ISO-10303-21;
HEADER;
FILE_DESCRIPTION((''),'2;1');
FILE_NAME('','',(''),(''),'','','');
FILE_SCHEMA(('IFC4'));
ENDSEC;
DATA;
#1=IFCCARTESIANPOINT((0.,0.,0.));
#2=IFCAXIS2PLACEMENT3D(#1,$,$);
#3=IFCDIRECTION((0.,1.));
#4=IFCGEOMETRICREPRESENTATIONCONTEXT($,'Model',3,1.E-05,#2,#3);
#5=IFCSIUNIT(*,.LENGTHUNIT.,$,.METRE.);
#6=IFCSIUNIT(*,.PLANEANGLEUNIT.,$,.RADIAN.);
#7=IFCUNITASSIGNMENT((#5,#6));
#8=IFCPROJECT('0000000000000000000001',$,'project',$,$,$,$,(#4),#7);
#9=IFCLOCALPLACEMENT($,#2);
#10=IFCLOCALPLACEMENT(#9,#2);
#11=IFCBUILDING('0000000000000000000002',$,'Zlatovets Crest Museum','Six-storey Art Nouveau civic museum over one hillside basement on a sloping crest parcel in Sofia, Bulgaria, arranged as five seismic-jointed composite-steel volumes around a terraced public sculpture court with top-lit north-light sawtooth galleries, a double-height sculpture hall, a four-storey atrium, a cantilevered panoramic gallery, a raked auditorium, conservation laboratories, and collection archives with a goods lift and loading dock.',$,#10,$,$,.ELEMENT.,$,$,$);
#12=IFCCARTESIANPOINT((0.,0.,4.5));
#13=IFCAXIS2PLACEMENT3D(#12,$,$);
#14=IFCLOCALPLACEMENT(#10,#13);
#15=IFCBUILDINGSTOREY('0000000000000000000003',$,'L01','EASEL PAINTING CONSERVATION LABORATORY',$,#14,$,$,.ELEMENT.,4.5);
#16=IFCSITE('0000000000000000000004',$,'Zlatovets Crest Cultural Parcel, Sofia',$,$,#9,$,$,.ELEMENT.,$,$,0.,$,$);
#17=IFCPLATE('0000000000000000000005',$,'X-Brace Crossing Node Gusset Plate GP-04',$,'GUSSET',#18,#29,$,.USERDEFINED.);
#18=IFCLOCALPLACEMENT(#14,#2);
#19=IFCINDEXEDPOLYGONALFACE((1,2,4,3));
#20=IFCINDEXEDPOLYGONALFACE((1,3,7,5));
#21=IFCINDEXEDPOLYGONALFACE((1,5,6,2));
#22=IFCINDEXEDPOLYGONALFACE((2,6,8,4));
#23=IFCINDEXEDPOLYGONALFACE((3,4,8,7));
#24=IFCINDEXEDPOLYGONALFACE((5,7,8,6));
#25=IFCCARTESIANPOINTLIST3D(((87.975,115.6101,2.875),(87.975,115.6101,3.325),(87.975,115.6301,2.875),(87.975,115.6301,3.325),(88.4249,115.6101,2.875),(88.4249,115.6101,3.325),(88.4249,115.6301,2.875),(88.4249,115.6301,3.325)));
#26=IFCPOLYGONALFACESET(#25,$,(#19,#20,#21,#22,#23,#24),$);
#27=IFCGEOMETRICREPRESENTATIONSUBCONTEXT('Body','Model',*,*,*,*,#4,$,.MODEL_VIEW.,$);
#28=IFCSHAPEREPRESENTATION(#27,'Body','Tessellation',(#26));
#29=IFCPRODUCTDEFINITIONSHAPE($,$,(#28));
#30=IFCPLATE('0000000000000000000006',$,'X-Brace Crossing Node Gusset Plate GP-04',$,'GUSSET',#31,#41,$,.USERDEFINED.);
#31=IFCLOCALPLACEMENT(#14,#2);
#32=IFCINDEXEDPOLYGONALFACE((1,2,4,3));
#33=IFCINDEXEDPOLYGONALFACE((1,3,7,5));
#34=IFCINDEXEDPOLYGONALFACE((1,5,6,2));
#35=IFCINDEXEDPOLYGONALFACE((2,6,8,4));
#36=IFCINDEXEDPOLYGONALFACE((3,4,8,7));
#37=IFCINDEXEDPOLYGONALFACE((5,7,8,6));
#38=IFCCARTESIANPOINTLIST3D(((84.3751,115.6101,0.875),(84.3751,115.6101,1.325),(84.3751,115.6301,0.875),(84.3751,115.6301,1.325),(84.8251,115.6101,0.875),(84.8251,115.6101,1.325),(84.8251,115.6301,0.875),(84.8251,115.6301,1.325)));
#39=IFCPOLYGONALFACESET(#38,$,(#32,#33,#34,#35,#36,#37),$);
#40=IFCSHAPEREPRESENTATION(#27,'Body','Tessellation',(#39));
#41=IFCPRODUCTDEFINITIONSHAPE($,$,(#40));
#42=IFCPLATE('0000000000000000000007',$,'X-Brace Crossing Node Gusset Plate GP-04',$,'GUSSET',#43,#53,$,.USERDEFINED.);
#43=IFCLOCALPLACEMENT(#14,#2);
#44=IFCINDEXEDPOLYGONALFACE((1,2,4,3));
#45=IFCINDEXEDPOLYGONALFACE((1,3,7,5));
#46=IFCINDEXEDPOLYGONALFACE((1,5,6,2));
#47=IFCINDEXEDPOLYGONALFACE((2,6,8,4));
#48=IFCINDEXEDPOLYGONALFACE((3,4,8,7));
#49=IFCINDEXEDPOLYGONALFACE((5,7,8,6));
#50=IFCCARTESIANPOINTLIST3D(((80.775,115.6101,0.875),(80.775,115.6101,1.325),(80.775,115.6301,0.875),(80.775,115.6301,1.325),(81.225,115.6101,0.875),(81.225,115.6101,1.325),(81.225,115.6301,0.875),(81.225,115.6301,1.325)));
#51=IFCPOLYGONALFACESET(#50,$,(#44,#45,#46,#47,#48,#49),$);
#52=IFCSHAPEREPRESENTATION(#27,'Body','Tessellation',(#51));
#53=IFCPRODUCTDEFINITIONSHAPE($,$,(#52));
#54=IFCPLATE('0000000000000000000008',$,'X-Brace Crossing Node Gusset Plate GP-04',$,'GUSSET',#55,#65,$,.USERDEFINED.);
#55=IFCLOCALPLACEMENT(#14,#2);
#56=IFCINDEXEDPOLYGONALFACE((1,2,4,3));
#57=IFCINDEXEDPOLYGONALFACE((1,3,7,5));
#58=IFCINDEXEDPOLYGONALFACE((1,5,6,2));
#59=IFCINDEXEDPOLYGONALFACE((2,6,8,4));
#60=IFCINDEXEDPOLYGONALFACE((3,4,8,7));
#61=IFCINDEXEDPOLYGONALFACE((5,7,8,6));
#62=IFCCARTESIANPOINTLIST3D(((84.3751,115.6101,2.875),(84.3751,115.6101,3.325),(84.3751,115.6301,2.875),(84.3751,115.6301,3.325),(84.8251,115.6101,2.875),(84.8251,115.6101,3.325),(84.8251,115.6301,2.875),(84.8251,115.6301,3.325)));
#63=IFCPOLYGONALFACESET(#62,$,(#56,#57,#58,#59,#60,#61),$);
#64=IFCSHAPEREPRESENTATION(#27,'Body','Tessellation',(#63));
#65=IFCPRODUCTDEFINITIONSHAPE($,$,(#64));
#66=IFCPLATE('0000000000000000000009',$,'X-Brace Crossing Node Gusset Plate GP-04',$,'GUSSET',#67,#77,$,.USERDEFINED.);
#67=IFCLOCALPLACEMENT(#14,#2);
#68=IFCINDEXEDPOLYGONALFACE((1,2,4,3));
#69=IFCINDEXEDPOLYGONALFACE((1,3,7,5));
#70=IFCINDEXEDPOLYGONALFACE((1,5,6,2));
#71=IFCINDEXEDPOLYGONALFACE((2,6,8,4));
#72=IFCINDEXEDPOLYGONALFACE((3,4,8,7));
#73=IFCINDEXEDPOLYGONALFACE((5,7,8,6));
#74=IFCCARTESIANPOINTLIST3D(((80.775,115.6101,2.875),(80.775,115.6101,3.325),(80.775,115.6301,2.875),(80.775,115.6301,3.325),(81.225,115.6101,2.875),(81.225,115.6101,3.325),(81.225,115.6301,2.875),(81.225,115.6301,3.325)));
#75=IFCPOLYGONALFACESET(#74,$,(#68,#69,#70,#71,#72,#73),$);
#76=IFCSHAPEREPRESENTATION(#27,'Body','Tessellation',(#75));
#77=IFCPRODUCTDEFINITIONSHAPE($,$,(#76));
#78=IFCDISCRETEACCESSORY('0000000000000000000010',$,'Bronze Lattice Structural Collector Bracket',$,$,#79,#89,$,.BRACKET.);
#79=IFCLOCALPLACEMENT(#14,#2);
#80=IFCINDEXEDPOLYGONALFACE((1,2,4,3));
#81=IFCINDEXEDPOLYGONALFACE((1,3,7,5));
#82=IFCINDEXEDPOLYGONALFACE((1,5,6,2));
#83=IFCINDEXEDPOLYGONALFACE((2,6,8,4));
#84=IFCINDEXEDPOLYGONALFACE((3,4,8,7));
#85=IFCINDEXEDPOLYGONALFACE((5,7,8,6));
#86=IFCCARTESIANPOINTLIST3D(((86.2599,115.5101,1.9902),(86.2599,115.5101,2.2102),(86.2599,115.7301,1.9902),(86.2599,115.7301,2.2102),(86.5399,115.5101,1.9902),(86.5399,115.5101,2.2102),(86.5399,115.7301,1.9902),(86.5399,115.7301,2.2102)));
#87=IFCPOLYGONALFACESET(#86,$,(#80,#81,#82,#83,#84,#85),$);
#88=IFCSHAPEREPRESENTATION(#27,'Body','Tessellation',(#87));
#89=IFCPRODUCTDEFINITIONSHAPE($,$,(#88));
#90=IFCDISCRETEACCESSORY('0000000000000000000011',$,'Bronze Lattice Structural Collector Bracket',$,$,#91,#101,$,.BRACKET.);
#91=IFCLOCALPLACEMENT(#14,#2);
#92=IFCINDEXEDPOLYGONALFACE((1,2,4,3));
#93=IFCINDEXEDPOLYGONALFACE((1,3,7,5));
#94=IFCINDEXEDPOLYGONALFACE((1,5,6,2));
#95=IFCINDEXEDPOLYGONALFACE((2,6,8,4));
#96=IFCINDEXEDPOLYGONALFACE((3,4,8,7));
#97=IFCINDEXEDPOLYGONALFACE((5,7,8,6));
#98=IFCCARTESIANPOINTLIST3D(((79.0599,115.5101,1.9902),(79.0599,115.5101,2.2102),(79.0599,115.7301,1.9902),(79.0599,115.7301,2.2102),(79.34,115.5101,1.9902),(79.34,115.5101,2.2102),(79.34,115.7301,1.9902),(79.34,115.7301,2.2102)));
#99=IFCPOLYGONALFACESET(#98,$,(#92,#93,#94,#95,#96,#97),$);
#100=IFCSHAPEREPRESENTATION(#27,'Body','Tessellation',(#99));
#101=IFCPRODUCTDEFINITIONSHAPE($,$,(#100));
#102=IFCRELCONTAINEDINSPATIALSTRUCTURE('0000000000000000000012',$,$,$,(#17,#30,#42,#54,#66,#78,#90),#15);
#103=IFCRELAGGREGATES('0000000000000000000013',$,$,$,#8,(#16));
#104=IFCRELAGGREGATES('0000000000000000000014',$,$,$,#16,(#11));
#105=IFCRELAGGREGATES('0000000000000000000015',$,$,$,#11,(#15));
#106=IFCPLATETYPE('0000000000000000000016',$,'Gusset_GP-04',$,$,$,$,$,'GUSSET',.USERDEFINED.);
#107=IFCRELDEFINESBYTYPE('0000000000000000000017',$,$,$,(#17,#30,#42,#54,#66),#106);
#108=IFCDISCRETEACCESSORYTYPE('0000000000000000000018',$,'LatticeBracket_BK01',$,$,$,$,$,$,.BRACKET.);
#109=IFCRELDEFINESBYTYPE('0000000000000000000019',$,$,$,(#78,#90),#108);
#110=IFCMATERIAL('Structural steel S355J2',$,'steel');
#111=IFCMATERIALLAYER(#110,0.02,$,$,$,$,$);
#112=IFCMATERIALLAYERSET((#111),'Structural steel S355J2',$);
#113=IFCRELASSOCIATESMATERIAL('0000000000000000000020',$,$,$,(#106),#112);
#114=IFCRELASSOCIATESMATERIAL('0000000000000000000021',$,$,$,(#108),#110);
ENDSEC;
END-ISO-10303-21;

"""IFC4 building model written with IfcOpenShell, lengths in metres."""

from ifc_helpers import new_model, si_unit, direction, frame, origin, origin_2d, place, context, subcontext, project, spatial, rectangle, extrude, material, layer, layer_set, type_object, element, save


model = new_model("IFC4")

# Units and contexts
model_context = context("Model", 3, precision=1e-05, world=origin(), true_north=direction((0.0, 1.0)))
body_context = subcontext(model_context, "Body", "Model", "MODEL_VIEW")
ifc_project = project(units=[si_unit("LENGTHUNIT", "METRE"), si_unit("PLANEANGLEUNIT", "RADIAN")], contexts=[model_context])

# Site, building, storey
site_placement = place(None, origin())
site = spatial("IfcSite", under=ifc_project, at=site_placement, Name="Zlatovets Crest Cultural Parcel, Sofia", CompositionType="ELEMENT", RefElevation=0.0)
building_placement = place(site_placement, origin())
building = spatial("IfcBuilding", under=site, at=building_placement, Name="Zlatovets Crest Museum", Description="Six-storey Art Nouveau civic museum over one hillside basement on a sloping crest parcel in Sofia, Bulgaria, arranged as five seismic-jointed composite-steel volumes around a terraced public sculpture court with top-lit north-light sawtooth galleries, a double-height sculpture hall, a four-storey atrium, a cantilevered panoramic gallery, a raked auditorium, conservation laboratories, and collection archives with a goods lift and loading dock.", CompositionType="ELEMENT")
storey_placement = place(building_placement, frame((0.0, 0.0, 4.5)))
storey = spatial("IfcBuildingStorey", under=building, at=storey_placement, Name="L01", Description="EASEL PAINTING CONSERVATION LABORATORY", CompositionType="ELEMENT", Elevation=4.5)

# Plates
ifc_material_1 = material(Name="Structural steel S355J2", Category="steel")
ifc_layer_1 = layer(ifc_material_1, 0.02)
ifc_layer_set_1 = layer_set([ifc_layer_1], Name="Structural steel S355J2")
plate_type_1 = type_object("IfcPlateType", Name="Gusset_GP-04", ElementType="GUSSET", PredefinedType="USERDEFINED", material=ifc_layer_set_1)
for number, where, z_axis, x_axis, name in (
    (1, (88.2, 115.6201, 2.875), (0.0, 0.0, 1.0), (1.0, 0.0, 0.0), "X-Brace Crossing Node Gusset Plate GP-04"),
    (2, (84.6001, 115.6201, 0.875), (0.0, 0.0, 1.0), (1.0, 0.0, 0.0), "X-Brace Crossing Node Gusset Plate GP-04"),
    (3, (81.0, 115.6201, 0.875), (0.0, 0.0, 1.0), (1.0, 0.0, 0.0), "X-Brace Crossing Node Gusset Plate GP-04"),
    (4, (84.6001, 115.6201, 2.875), (0.0, 0.0, 1.0), (1.0, 0.0, 0.0), "X-Brace Crossing Node Gusset Plate GP-04"),
    (5, (81.0, 115.6201, 2.875), (0.0, 0.0, 1.0), (1.0, 0.0, 0.0), "X-Brace Crossing Node Gusset Plate GP-04"),
):
    element("IfcPlate", number, at=place(storey_placement, frame(where, z_axis=z_axis, x_axis=x_axis)), inside=storey, type_object=plate_type_1, Name=name, ObjectType="GUSSET", PredefinedType="USERDEFINED", context=body_context, shape_type="SweptSolid", body=[
        extrude(rectangle(XDim=0.45, YDim=0.02, at=origin_2d()), origin(), (0.0, 0.0, 1.0), 0.45),
    ])

# Discrete accessories
discrete_accessory_type = type_object("IfcDiscreteAccessoryType", Name="LatticeBracket_BK01", PredefinedType="BRACKET", material=ifc_material_1)
for number, where, z_axis, x_axis, name in (
    (6, (86.3999, 115.6201, 1.9902), (0.0, 0.0, 1.0), (1.0, 0.0, 0.0), "Bronze Lattice Structural Collector Bracket"),
    (7, (79.2, 115.6201, 1.9902), (0.0, 0.0, 1.0), (1.0, 0.0, 0.0), "Bronze Lattice Structural Collector Bracket"),
):
    element("IfcDiscreteAccessory", number, at=place(storey_placement, frame(where, z_axis=z_axis, x_axis=x_axis)), inside=storey, type_object=discrete_accessory_type, Name=name, PredefinedType="BRACKET", context=body_context, shape_type="SweptSolid", body=[
        extrude(rectangle(XDim=0.28, YDim=0.22, at=origin_2d()), origin(), (0.0, 0.0, 1.0), 0.22),
    ])

save(model, "model.ifc")
